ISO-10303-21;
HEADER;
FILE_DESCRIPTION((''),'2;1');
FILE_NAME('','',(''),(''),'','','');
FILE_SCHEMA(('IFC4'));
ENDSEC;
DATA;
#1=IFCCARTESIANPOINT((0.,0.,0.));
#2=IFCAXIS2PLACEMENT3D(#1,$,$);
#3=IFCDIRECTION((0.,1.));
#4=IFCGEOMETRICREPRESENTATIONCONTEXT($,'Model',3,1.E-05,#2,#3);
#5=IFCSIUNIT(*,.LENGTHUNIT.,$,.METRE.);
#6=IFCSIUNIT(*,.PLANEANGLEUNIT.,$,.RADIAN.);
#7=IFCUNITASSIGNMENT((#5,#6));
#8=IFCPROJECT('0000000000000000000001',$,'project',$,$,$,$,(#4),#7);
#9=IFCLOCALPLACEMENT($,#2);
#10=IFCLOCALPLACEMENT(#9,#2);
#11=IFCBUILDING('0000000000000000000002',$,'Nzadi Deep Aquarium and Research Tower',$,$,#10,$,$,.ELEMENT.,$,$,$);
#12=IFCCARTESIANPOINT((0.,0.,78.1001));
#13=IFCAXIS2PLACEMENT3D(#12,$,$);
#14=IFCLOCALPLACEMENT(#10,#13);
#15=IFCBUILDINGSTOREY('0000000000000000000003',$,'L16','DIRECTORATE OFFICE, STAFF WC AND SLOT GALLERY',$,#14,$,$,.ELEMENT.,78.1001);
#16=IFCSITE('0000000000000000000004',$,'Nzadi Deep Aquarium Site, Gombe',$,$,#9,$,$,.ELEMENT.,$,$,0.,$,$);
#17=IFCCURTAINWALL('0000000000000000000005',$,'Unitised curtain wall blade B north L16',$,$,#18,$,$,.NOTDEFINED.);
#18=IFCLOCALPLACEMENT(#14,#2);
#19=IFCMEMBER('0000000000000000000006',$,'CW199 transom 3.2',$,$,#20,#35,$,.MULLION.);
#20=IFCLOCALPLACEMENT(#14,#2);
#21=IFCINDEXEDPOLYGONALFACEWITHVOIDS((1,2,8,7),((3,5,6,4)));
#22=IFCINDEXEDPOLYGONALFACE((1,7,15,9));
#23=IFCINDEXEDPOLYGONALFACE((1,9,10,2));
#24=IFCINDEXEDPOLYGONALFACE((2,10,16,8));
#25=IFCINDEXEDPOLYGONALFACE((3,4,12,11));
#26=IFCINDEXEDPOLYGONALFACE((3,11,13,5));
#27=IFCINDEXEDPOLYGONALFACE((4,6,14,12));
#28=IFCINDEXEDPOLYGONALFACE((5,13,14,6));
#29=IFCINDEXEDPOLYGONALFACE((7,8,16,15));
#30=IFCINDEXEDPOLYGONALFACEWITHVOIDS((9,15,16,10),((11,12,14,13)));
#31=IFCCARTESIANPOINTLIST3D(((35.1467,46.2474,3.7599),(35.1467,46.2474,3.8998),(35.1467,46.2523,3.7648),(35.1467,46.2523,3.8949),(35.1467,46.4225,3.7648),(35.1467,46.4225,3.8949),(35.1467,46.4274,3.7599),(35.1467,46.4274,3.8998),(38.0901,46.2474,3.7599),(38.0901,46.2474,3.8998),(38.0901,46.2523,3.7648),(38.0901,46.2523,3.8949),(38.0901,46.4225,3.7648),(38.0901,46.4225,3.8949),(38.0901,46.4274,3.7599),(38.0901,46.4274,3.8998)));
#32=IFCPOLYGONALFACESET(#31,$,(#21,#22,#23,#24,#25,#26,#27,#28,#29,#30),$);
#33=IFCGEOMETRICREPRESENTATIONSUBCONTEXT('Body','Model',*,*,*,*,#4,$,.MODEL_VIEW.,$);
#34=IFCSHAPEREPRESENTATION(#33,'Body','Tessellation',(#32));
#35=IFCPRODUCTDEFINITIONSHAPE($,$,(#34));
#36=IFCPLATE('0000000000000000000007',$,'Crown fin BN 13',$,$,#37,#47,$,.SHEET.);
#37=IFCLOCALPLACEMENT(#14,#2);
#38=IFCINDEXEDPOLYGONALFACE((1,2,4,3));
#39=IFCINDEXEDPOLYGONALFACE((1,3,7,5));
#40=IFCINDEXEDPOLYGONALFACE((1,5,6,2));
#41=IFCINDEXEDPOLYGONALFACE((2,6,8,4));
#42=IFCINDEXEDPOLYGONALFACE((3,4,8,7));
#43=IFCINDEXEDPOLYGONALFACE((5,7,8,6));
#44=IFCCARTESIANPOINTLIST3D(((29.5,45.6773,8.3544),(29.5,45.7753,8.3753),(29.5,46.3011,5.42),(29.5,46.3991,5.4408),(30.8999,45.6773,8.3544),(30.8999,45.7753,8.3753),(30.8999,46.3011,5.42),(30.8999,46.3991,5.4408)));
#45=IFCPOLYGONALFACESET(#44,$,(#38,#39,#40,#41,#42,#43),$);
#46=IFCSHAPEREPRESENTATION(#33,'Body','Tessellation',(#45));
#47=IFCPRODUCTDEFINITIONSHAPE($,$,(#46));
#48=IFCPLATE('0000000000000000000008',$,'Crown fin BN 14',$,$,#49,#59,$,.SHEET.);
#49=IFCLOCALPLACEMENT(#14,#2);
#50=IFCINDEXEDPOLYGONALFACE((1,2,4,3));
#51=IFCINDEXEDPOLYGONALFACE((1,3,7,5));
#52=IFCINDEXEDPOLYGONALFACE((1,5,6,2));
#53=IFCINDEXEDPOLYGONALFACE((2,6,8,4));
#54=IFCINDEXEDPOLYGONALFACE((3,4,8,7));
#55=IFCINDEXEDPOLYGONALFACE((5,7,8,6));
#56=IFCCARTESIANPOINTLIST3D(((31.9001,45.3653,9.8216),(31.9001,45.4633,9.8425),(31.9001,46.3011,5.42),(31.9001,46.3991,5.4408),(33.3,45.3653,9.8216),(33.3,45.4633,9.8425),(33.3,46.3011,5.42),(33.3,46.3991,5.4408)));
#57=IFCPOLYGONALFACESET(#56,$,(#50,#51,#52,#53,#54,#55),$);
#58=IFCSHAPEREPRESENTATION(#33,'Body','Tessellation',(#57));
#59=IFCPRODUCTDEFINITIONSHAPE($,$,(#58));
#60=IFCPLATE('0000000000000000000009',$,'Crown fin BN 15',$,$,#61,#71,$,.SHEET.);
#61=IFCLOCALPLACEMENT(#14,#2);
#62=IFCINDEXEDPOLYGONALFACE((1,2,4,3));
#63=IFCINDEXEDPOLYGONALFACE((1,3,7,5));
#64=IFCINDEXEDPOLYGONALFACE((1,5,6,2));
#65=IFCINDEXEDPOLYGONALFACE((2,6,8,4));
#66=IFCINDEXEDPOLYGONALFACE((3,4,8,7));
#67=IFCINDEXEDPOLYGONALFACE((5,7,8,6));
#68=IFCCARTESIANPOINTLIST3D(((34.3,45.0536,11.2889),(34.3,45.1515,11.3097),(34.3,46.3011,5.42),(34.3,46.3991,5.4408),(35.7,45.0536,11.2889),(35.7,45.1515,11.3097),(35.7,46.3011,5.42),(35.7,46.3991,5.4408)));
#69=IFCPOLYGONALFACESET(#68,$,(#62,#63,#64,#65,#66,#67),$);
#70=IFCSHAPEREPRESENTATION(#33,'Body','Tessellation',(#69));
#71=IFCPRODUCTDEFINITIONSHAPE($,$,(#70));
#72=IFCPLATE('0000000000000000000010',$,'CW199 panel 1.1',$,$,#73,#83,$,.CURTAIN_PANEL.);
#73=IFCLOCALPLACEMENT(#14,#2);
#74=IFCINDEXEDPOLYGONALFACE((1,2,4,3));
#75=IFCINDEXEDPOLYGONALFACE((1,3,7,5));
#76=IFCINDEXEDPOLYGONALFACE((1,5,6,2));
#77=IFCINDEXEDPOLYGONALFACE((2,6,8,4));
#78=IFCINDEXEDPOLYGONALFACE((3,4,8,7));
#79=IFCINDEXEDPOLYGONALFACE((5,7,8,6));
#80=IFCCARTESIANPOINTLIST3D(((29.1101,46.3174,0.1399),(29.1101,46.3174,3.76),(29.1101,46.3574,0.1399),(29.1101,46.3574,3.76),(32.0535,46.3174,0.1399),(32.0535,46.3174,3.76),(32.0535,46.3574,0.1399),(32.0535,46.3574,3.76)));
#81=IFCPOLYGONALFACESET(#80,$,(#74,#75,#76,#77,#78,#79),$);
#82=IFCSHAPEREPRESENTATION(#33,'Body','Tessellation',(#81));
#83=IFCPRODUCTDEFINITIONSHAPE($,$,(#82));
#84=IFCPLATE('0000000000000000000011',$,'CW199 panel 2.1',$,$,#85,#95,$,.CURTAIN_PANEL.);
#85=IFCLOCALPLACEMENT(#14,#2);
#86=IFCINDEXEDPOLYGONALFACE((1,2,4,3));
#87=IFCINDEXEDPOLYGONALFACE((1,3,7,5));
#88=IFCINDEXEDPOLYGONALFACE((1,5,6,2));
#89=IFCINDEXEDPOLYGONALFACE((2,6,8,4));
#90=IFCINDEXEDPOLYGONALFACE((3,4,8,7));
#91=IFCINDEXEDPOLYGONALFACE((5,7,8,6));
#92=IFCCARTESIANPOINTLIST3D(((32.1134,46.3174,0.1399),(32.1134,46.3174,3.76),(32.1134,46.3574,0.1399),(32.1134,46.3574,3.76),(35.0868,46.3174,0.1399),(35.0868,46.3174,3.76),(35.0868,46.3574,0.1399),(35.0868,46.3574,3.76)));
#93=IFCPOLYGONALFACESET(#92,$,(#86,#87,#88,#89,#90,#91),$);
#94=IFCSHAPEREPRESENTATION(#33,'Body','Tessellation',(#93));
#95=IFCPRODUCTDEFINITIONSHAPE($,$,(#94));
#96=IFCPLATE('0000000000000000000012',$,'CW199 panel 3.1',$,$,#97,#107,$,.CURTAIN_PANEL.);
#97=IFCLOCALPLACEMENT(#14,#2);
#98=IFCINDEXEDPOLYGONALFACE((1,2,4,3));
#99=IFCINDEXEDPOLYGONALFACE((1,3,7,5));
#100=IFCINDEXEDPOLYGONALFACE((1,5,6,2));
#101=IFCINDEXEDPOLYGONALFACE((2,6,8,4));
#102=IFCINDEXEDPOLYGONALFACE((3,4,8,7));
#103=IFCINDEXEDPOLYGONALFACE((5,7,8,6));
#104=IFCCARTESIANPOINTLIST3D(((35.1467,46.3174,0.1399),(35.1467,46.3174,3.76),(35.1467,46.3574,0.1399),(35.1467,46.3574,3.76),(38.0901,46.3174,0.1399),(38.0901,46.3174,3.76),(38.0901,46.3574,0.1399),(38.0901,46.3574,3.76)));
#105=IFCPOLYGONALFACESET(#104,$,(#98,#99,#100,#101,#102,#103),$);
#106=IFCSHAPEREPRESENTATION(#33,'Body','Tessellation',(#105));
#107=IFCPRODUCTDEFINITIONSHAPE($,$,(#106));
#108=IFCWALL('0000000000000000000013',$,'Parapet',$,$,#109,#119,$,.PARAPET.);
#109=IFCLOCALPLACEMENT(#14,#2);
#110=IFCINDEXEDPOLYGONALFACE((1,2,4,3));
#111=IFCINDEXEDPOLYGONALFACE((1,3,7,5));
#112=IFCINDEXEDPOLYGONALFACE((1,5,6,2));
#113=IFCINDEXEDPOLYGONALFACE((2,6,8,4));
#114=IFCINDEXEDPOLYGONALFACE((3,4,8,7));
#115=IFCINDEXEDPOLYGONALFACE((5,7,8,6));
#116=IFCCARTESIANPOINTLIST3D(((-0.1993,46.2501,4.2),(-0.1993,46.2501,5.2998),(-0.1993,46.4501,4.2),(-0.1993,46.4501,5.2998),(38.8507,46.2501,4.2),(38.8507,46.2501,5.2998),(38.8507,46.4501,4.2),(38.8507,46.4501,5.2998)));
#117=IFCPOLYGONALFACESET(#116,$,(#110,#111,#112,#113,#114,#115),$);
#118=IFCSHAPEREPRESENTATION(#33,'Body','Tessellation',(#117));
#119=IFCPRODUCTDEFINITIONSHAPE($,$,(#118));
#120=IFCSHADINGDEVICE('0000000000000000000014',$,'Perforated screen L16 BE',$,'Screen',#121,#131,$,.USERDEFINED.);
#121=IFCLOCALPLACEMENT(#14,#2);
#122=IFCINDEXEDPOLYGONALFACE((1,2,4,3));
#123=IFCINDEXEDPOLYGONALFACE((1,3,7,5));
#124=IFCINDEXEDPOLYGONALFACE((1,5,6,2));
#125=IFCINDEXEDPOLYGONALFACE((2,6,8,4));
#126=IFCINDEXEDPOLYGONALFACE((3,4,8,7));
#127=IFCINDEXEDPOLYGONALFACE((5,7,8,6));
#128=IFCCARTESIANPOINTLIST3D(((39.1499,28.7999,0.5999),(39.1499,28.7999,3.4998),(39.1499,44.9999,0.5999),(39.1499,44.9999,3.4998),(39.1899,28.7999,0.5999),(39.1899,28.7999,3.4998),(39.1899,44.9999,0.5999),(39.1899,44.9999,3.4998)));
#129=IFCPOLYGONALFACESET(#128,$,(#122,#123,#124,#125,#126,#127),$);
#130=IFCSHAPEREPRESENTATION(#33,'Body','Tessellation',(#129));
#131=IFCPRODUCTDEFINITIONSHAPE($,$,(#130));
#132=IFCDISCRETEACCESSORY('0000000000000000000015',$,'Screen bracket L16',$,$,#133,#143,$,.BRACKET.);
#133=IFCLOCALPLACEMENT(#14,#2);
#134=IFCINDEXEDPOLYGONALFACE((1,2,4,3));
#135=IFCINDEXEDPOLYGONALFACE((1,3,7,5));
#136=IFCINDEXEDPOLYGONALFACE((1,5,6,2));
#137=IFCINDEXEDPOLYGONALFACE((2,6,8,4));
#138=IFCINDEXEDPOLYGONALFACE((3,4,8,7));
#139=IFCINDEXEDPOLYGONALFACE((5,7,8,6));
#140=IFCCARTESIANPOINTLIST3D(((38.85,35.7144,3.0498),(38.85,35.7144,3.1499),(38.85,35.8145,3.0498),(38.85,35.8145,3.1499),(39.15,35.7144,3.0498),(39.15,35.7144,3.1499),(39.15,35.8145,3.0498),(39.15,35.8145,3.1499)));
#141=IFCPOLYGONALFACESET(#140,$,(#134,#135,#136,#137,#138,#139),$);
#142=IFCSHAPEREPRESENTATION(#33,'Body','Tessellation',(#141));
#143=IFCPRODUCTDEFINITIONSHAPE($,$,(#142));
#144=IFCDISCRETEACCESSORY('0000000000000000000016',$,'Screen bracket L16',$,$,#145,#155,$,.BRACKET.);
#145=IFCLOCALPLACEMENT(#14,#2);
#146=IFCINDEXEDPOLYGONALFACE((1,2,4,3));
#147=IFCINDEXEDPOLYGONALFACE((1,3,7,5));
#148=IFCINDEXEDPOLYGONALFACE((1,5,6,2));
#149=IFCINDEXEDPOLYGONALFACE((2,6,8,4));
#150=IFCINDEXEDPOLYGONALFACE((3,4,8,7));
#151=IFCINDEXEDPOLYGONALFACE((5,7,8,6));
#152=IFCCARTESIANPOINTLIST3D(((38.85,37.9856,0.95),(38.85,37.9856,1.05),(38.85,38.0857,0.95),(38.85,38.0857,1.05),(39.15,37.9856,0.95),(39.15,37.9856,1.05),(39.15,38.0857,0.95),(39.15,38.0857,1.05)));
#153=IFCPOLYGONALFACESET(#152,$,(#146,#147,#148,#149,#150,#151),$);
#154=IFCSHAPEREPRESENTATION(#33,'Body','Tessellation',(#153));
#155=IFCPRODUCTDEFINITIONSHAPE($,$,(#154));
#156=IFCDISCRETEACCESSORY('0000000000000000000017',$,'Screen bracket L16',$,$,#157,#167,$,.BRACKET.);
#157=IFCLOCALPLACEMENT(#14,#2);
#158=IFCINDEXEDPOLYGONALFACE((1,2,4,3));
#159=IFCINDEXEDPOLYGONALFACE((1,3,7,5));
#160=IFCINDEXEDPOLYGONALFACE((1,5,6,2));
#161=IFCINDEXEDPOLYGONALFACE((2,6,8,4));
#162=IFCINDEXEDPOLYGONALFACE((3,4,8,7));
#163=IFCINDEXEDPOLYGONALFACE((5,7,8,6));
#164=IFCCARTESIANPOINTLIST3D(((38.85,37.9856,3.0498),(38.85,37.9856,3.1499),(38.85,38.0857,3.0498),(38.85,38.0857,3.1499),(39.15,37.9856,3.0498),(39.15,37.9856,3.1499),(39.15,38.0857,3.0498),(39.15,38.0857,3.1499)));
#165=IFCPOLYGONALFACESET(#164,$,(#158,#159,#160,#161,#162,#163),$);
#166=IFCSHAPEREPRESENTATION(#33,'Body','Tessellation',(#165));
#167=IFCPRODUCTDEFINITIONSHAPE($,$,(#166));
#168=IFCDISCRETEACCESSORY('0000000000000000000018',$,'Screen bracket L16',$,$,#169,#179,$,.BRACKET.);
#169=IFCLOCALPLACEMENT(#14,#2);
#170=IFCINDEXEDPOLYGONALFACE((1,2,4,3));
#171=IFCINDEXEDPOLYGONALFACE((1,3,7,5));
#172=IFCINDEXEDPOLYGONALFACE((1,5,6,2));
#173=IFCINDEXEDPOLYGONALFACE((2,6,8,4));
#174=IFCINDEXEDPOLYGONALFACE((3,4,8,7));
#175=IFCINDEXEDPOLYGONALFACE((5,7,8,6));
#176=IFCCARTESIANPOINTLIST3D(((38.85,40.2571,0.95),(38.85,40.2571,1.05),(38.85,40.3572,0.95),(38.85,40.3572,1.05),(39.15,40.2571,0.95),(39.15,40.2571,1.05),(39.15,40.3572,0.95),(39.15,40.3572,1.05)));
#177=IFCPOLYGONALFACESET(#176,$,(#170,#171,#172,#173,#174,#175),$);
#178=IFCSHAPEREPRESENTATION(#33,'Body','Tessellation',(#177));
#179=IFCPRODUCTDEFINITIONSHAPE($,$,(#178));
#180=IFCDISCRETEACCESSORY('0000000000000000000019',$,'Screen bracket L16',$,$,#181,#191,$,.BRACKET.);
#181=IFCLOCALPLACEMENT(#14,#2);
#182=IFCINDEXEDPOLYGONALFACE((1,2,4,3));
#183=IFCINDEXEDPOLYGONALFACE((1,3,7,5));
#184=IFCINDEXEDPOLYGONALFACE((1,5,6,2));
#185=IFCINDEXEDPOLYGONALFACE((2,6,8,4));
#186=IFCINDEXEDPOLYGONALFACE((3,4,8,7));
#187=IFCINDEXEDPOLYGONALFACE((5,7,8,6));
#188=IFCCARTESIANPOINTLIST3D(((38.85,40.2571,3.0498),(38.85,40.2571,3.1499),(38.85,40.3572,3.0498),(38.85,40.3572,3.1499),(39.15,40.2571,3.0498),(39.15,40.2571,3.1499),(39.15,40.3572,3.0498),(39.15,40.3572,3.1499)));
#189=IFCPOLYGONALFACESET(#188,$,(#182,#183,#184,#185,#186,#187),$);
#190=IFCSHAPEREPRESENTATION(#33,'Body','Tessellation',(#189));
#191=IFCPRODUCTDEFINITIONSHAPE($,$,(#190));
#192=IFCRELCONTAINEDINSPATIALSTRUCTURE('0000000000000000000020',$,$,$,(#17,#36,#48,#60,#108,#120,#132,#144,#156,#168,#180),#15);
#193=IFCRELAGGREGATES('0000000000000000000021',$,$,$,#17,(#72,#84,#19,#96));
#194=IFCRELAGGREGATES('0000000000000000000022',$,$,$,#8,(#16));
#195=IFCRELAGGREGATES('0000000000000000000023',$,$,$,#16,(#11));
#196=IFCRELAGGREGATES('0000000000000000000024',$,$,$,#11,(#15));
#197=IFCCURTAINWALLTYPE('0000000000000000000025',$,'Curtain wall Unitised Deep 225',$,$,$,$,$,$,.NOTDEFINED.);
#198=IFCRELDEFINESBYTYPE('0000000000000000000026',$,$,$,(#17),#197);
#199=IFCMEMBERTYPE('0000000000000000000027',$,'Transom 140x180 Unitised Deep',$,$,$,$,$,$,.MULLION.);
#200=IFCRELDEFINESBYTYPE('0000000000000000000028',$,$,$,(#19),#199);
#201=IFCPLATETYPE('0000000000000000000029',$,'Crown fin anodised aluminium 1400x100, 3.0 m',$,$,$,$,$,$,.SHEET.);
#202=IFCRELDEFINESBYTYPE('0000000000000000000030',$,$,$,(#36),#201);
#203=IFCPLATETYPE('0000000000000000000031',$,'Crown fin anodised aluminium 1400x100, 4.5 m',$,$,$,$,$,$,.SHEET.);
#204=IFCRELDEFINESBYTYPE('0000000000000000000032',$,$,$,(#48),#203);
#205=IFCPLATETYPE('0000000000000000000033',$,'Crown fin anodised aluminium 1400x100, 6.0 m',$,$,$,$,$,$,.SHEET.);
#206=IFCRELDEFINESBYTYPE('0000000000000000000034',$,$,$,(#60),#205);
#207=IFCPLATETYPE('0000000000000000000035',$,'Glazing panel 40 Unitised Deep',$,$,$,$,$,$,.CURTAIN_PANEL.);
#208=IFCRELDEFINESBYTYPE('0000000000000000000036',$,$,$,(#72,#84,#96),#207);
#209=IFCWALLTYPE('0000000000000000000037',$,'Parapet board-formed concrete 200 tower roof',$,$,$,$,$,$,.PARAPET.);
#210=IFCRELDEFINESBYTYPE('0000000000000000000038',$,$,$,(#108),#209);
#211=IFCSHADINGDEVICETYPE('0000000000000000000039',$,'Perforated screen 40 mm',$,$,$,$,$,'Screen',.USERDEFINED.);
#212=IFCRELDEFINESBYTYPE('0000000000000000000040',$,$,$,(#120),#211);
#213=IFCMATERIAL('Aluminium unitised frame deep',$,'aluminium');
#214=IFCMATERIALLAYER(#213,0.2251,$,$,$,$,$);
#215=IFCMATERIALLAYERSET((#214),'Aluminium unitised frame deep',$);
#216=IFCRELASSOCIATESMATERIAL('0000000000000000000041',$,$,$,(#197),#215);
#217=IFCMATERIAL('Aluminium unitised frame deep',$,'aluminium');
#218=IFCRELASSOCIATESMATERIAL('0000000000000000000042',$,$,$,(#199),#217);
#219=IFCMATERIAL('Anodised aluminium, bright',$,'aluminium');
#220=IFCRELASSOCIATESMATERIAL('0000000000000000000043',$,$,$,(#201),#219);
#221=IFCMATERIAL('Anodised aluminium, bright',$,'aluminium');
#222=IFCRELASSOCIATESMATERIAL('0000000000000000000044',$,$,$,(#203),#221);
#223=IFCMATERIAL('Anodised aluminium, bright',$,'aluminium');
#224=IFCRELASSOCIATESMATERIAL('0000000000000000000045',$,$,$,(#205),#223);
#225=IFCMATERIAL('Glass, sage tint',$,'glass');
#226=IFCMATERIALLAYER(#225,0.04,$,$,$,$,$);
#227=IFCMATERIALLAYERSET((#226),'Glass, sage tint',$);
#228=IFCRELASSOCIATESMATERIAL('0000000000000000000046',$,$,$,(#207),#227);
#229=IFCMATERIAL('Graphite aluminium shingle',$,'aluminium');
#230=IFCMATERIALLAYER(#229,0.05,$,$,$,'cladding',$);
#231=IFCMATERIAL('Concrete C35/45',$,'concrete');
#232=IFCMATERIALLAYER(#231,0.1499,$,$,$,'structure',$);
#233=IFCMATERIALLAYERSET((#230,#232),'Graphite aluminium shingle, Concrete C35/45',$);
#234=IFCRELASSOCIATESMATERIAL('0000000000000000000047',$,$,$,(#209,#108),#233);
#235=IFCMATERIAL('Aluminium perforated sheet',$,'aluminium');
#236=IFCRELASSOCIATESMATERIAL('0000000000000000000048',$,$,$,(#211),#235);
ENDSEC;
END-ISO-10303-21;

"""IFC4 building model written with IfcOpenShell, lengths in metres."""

from ifc_helpers import new_model, si_unit, direction, frame, frame_2d, origin, origin_2d, place, context, subcontext, project, spatial, rectangle, hollow_rectangle, extrude, material, layer, layer_set, layer_usage, material_profile, profile_set, type_object, element, aggregate, save


model = new_model("IFC4")

# Units and contexts
model_context = context("Model", 3, precision=1e-05, world=origin(), true_north=direction((0.0, 1.0)))
body_context = subcontext(model_context, "Body", "Model", "MODEL_VIEW")
ifc_project = project(units=[si_unit("LENGTHUNIT", "METRE"), si_unit("PLANEANGLEUNIT", "RADIAN")], contexts=[model_context])

# Site, building, storey
site_placement = place(None, origin())
site = spatial("IfcSite", under=ifc_project, at=site_placement, Name="Nzadi Deep Aquarium Site, Gombe", CompositionType="ELEMENT", RefElevation=0.0)
building_placement = place(site_placement, origin())
building = spatial("IfcBuilding", under=site, at=building_placement, Name="Nzadi Deep Aquarium and Research Tower", CompositionType="ELEMENT")
storey_placement = place(building_placement, frame((0.0, 0.0, 78.1001)))
storey = spatial("IfcBuildingStorey", under=building, at=storey_placement, Name="L16", Description="DIRECTORATE OFFICE, STAFF WC AND SLOT GALLERY", CompositionType="ELEMENT", Elevation=78.1001)

# Curtain wall
ifc_material_1 = material(Name="Aluminium unitised frame deep", Category="aluminium")
ifc_layer_1 = layer(ifc_material_1, 0.2251)
ifc_layer_set_1 = layer_set([ifc_layer_1], Name="Aluminium unitised frame deep")
curtain_wall_type = type_object("IfcCurtainWallType", Name="Curtain wall Unitised Deep 225", PredefinedType="NOTDEFINED", material=ifc_layer_set_1)
curtain_wall_placement = place(storey_placement, origin())
curtain_wall = element("IfcCurtainWall", 1, at=curtain_wall_placement, inside=storey, type_object=curtain_wall_type, Name="Unitised curtain wall blade B north L16", PredefinedType="NOTDEFINED")

# Member
ifc_material_2 = material(Name="Aluminium unitised frame deep", Category="aluminium")
ifc_material_profile_1 = material_profile(ifc_material_2, hollow_rectangle(XDim=0.1799, YDim=0.1399, WallThickness=0.0049, at=origin_2d()))
ifc_profile_set_1 = profile_set([ifc_material_profile_1], Name="Aluminium unitised frame deep")
member_type_1 = type_object("IfcMemberType", Name="Transom 140x180 Unitised Deep", PredefinedType="MULLION", material=ifc_profile_set_1)
member_1_placement = place(storey_placement, frame((35.1467, 46.3374, 3.8298), z_axis=(1.0, 0.0, 0.0), x_axis=(0.0, 1.0, 0.0)))
member_1 = element("IfcMember", 2, at=member_1_placement, type_object=member_type_1, Name="CW199 transom 3.2", PredefinedType="MULLION", context=body_context, shape_type="SweptSolid", body=[
    extrude(hollow_rectangle(XDim=0.1799, YDim=0.1399, WallThickness=0.0049, at=origin_2d()), origin(), (0.0, 0.0, 1.0), 2.9434),
])

# Plates
ifc_material_3 = material(Name="Anodised aluminium, bright", Category="aluminium")
ifc_material_profile_2 = material_profile(ifc_material_3, rectangle(XDim=1.3999, YDim=0.1001, at=origin_2d()))
ifc_profile_set_2 = profile_set([ifc_material_profile_2], Name="Anodised aluminium, bright")
plate_type_1 = type_object("IfcPlateType", Name="Crown fin anodised aluminium 1400x100, 3.0 m", PredefinedType="SHEET", material=ifc_profile_set_2)
plate_1_placement = place(storey_placement, frame((30.2, 46.3501, 5.4304), z_axis=(0.0, -0.207934, 0.978143), x_axis=(1.0, 0.0, 0.0)))
element("IfcPlate", 3, at=plate_1_placement, inside=storey, type_object=plate_type_1, Name="Crown fin BN 13", PredefinedType="SHEET", context=body_context, shape_type="SweptSolid", body=[
    extrude(rectangle(XDim=1.3999, YDim=0.1001, at=origin_2d()), origin(), (0.0, 0.0, 1.0), 3.0),
])
ifc_material_4 = material(Name="Anodised aluminium, bright", Category="aluminium")
ifc_material_profile_3 = material_profile(ifc_material_4, rectangle(XDim=1.3999, YDim=0.1001, at=origin_2d()))
ifc_profile_set_3 = profile_set([ifc_material_profile_3], Name="Anodised aluminium, bright")
plate_type_2 = type_object("IfcPlateType", Name="Crown fin anodised aluminium 1400x100, 4.5 m", PredefinedType="SHEET", material=ifc_profile_set_3)
plate_2_placement = place(storey_placement, frame((32.6001, 46.3501, 5.4304), z_axis=(0.0, -0.207954, 0.978139), x_axis=(1.0, 0.0, 0.0)))
element("IfcPlate", 4, at=plate_2_placement, inside=storey, type_object=plate_type_2, Name="Crown fin BN 14", PredefinedType="SHEET", context=body_context, shape_type="SweptSolid", body=[
    extrude(rectangle(XDim=1.3999, YDim=0.1001, at=origin_2d()), origin(), (0.0, 0.0, 1.0), 4.5),
])
ifc_material_5 = material(Name="Anodised aluminium, bright", Category="aluminium")
ifc_material_profile_4 = material_profile(ifc_material_5, rectangle(XDim=1.3999, YDim=0.1001, at=origin_2d()))
ifc_profile_set_4 = profile_set([ifc_material_profile_4], Name="Anodised aluminium, bright")
plate_type_3 = type_object("IfcPlateType", Name="Crown fin anodised aluminium 1400x100, 6.0 m", PredefinedType="SHEET", material=ifc_profile_set_4)
plate_3_placement = place(storey_placement, frame((35.0, 46.3501, 5.4304), z_axis=(0.0, -0.207925, 0.978145), x_axis=(1.0, 0.0, 0.0)))
element("IfcPlate", 5, at=plate_3_placement, inside=storey, type_object=plate_type_3, Name="Crown fin BN 15", PredefinedType="SHEET", context=body_context, shape_type="SweptSolid", body=[
    extrude(rectangle(XDim=1.3999, YDim=0.1001, at=origin_2d()), origin(), (0.0, 0.0, 1.0), 6.0),
])

# Plates
ifc_material_6 = material(Name="Glass, sage tint", Category="glass")
ifc_layer_2 = layer(ifc_material_6, 0.04)
ifc_layer_set_2 = layer_set([ifc_layer_2], Name="Glass, sage tint")
plate_type_4 = type_object("IfcPlateType", Name="Glazing panel 40 Unitised Deep", PredefinedType="CURTAIN_PANEL", material=ifc_layer_set_2)
plate_4_placement = place(storey_placement, frame((30.5818, 46.3374, 0.1399), z_axis=(0.0, 0.0, 1.0), x_axis=(1.0, 0.0, 0.0)))
plate_4 = element("IfcPlate", 6, at=plate_4_placement, type_object=plate_type_4, Name="CW199 panel 1.1", PredefinedType="CURTAIN_PANEL", context=body_context, shape_type="SweptSolid", body=[
    extrude(rectangle(XDim=2.9434, YDim=0.04, at=origin_2d()), origin(), (0.0, 0.0, 1.0), 3.6201),
])
plate_5_placement = place(storey_placement, frame((33.6001, 46.3374, 0.1399), z_axis=(0.0, 0.0, 1.0), x_axis=(1.0, 0.0, 0.0)))
plate_5 = element("IfcPlate", 7, at=plate_5_placement, type_object=plate_type_4, Name="CW199 panel 2.1", PredefinedType="CURTAIN_PANEL", context=body_context, shape_type="SweptSolid", body=[
    extrude(rectangle(XDim=2.9734, YDim=0.04, at=origin_2d()), origin(), (0.0, 0.0, 1.0), 3.6201),
])
plate_6_placement = place(storey_placement, frame((36.6184, 46.3374, 0.1399), z_axis=(0.0, 0.0, 1.0), x_axis=(1.0, 0.0, 0.0)))
plate_6 = element("IfcPlate", 8, at=plate_6_placement, type_object=plate_type_4, Name="CW199 panel 3.1", PredefinedType="CURTAIN_PANEL", context=body_context, shape_type="SweptSolid", body=[
    extrude(rectangle(XDim=2.9434, YDim=0.04, at=origin_2d()), origin(), (0.0, 0.0, 1.0), 3.6201),
])
aggregate(curtain_wall, [plate_4, plate_5, member_1, plate_6])

# Wall
ifc_material_7 = material(Name="Graphite aluminium shingle", Category="aluminium")
ifc_layer_3 = layer(ifc_material_7, 0.05, Category="cladding")
ifc_material_8 = material(Name="Concrete C35/45", Category="concrete")
ifc_layer_4 = layer(ifc_material_8, 0.1499, Category="structure")
ifc_layer_set_3 = layer_set([ifc_layer_3, ifc_layer_4], Name="Graphite aluminium shingle, Concrete C35/45")
ifc_layer_usage = layer_usage(ifc_layer_set_3, "AXIS2", "POSITIVE", -0.1)
wall_type = type_object("IfcWallType", Name="Parapet board-formed concrete 200 tower roof", PredefinedType="PARAPET", material=ifc_layer_set_3)
wall_placement = place(storey_placement, frame((38.8506, 46.3501, 4.2), z_axis=(0.0, 0.0, 1.0), x_axis=(-1.0, 0.0, 0.0)))
element("IfcWall", 9, at=wall_placement, inside=storey, type_object=wall_type, material=ifc_layer_usage, Name="Parapet", PredefinedType="PARAPET", context=body_context, shape_type="SweptSolid", body=[
    extrude(rectangle(XDim=39.05, YDim=0.2, at=frame_2d((19.5249, 0.0))), origin(), (0.0, 0.0, 1.0), 1.0999),
])

# Shading device
ifc_material_9 = material(Name="Aluminium perforated sheet", Category="aluminium")
shading_device_type = type_object("IfcShadingDeviceType", Name="Perforated screen 40 mm", ElementType="Screen", PredefinedType="USERDEFINED", material=ifc_material_9)
shading_device_placement = place(storey_placement, frame((39.1699, 36.8999, 0.5999), z_axis=(0.0, 0.0, 1.0), x_axis=(1.0, 0.0, 0.0)))
element("IfcShadingDevice", 10, at=shading_device_placement, inside=storey, type_object=shading_device_type, Name="Perforated screen L16 BE", ObjectType="Screen", PredefinedType="USERDEFINED", context=body_context, shape_type="SweptSolid", body=[
    extrude(rectangle(XDim=0.04, YDim=16.2, at=origin_2d()), origin(), (0.0, 0.0, 1.0), 2.8999),
])

# Discrete accessories
for number, where, z_axis, x_axis, name in (
    (11, (39.0, 35.7644, 3.0498), (0.0, 0.0, 1.0), (1.0, 0.0, 0.0), "Screen bracket L16"),
    (12, (39.0, 38.0356, 0.95), (0.0, 0.0, 1.0), (1.0, 0.0, 0.0), "Screen bracket L16"),
    (13, (39.0, 38.0356, 3.0498), (0.0, 0.0, 1.0), (1.0, 0.0, 0.0), "Screen bracket L16"),
    (14, (39.0, 40.3071, 0.95), (0.0, 0.0, 1.0), (1.0, 0.0, 0.0), "Screen bracket L16"),
    (15, (39.0, 40.3071, 3.0498), (0.0, 0.0, 1.0), (1.0, 0.0, 0.0), "Screen bracket L16"),
):
    element("IfcDiscreteAccessory", number, at=place(storey_placement, frame(where, z_axis=z_axis, x_axis=x_axis)), inside=storey, Name=name, PredefinedType="BRACKET", context=body_context, shape_type="SweptSolid", body=[
        extrude(rectangle(XDim=0.3, YDim=0.1001, at=origin_2d()), origin(), (0.0, 0.0, 1.0), 0.1001),
    ])

save(model, "model.ifc")
